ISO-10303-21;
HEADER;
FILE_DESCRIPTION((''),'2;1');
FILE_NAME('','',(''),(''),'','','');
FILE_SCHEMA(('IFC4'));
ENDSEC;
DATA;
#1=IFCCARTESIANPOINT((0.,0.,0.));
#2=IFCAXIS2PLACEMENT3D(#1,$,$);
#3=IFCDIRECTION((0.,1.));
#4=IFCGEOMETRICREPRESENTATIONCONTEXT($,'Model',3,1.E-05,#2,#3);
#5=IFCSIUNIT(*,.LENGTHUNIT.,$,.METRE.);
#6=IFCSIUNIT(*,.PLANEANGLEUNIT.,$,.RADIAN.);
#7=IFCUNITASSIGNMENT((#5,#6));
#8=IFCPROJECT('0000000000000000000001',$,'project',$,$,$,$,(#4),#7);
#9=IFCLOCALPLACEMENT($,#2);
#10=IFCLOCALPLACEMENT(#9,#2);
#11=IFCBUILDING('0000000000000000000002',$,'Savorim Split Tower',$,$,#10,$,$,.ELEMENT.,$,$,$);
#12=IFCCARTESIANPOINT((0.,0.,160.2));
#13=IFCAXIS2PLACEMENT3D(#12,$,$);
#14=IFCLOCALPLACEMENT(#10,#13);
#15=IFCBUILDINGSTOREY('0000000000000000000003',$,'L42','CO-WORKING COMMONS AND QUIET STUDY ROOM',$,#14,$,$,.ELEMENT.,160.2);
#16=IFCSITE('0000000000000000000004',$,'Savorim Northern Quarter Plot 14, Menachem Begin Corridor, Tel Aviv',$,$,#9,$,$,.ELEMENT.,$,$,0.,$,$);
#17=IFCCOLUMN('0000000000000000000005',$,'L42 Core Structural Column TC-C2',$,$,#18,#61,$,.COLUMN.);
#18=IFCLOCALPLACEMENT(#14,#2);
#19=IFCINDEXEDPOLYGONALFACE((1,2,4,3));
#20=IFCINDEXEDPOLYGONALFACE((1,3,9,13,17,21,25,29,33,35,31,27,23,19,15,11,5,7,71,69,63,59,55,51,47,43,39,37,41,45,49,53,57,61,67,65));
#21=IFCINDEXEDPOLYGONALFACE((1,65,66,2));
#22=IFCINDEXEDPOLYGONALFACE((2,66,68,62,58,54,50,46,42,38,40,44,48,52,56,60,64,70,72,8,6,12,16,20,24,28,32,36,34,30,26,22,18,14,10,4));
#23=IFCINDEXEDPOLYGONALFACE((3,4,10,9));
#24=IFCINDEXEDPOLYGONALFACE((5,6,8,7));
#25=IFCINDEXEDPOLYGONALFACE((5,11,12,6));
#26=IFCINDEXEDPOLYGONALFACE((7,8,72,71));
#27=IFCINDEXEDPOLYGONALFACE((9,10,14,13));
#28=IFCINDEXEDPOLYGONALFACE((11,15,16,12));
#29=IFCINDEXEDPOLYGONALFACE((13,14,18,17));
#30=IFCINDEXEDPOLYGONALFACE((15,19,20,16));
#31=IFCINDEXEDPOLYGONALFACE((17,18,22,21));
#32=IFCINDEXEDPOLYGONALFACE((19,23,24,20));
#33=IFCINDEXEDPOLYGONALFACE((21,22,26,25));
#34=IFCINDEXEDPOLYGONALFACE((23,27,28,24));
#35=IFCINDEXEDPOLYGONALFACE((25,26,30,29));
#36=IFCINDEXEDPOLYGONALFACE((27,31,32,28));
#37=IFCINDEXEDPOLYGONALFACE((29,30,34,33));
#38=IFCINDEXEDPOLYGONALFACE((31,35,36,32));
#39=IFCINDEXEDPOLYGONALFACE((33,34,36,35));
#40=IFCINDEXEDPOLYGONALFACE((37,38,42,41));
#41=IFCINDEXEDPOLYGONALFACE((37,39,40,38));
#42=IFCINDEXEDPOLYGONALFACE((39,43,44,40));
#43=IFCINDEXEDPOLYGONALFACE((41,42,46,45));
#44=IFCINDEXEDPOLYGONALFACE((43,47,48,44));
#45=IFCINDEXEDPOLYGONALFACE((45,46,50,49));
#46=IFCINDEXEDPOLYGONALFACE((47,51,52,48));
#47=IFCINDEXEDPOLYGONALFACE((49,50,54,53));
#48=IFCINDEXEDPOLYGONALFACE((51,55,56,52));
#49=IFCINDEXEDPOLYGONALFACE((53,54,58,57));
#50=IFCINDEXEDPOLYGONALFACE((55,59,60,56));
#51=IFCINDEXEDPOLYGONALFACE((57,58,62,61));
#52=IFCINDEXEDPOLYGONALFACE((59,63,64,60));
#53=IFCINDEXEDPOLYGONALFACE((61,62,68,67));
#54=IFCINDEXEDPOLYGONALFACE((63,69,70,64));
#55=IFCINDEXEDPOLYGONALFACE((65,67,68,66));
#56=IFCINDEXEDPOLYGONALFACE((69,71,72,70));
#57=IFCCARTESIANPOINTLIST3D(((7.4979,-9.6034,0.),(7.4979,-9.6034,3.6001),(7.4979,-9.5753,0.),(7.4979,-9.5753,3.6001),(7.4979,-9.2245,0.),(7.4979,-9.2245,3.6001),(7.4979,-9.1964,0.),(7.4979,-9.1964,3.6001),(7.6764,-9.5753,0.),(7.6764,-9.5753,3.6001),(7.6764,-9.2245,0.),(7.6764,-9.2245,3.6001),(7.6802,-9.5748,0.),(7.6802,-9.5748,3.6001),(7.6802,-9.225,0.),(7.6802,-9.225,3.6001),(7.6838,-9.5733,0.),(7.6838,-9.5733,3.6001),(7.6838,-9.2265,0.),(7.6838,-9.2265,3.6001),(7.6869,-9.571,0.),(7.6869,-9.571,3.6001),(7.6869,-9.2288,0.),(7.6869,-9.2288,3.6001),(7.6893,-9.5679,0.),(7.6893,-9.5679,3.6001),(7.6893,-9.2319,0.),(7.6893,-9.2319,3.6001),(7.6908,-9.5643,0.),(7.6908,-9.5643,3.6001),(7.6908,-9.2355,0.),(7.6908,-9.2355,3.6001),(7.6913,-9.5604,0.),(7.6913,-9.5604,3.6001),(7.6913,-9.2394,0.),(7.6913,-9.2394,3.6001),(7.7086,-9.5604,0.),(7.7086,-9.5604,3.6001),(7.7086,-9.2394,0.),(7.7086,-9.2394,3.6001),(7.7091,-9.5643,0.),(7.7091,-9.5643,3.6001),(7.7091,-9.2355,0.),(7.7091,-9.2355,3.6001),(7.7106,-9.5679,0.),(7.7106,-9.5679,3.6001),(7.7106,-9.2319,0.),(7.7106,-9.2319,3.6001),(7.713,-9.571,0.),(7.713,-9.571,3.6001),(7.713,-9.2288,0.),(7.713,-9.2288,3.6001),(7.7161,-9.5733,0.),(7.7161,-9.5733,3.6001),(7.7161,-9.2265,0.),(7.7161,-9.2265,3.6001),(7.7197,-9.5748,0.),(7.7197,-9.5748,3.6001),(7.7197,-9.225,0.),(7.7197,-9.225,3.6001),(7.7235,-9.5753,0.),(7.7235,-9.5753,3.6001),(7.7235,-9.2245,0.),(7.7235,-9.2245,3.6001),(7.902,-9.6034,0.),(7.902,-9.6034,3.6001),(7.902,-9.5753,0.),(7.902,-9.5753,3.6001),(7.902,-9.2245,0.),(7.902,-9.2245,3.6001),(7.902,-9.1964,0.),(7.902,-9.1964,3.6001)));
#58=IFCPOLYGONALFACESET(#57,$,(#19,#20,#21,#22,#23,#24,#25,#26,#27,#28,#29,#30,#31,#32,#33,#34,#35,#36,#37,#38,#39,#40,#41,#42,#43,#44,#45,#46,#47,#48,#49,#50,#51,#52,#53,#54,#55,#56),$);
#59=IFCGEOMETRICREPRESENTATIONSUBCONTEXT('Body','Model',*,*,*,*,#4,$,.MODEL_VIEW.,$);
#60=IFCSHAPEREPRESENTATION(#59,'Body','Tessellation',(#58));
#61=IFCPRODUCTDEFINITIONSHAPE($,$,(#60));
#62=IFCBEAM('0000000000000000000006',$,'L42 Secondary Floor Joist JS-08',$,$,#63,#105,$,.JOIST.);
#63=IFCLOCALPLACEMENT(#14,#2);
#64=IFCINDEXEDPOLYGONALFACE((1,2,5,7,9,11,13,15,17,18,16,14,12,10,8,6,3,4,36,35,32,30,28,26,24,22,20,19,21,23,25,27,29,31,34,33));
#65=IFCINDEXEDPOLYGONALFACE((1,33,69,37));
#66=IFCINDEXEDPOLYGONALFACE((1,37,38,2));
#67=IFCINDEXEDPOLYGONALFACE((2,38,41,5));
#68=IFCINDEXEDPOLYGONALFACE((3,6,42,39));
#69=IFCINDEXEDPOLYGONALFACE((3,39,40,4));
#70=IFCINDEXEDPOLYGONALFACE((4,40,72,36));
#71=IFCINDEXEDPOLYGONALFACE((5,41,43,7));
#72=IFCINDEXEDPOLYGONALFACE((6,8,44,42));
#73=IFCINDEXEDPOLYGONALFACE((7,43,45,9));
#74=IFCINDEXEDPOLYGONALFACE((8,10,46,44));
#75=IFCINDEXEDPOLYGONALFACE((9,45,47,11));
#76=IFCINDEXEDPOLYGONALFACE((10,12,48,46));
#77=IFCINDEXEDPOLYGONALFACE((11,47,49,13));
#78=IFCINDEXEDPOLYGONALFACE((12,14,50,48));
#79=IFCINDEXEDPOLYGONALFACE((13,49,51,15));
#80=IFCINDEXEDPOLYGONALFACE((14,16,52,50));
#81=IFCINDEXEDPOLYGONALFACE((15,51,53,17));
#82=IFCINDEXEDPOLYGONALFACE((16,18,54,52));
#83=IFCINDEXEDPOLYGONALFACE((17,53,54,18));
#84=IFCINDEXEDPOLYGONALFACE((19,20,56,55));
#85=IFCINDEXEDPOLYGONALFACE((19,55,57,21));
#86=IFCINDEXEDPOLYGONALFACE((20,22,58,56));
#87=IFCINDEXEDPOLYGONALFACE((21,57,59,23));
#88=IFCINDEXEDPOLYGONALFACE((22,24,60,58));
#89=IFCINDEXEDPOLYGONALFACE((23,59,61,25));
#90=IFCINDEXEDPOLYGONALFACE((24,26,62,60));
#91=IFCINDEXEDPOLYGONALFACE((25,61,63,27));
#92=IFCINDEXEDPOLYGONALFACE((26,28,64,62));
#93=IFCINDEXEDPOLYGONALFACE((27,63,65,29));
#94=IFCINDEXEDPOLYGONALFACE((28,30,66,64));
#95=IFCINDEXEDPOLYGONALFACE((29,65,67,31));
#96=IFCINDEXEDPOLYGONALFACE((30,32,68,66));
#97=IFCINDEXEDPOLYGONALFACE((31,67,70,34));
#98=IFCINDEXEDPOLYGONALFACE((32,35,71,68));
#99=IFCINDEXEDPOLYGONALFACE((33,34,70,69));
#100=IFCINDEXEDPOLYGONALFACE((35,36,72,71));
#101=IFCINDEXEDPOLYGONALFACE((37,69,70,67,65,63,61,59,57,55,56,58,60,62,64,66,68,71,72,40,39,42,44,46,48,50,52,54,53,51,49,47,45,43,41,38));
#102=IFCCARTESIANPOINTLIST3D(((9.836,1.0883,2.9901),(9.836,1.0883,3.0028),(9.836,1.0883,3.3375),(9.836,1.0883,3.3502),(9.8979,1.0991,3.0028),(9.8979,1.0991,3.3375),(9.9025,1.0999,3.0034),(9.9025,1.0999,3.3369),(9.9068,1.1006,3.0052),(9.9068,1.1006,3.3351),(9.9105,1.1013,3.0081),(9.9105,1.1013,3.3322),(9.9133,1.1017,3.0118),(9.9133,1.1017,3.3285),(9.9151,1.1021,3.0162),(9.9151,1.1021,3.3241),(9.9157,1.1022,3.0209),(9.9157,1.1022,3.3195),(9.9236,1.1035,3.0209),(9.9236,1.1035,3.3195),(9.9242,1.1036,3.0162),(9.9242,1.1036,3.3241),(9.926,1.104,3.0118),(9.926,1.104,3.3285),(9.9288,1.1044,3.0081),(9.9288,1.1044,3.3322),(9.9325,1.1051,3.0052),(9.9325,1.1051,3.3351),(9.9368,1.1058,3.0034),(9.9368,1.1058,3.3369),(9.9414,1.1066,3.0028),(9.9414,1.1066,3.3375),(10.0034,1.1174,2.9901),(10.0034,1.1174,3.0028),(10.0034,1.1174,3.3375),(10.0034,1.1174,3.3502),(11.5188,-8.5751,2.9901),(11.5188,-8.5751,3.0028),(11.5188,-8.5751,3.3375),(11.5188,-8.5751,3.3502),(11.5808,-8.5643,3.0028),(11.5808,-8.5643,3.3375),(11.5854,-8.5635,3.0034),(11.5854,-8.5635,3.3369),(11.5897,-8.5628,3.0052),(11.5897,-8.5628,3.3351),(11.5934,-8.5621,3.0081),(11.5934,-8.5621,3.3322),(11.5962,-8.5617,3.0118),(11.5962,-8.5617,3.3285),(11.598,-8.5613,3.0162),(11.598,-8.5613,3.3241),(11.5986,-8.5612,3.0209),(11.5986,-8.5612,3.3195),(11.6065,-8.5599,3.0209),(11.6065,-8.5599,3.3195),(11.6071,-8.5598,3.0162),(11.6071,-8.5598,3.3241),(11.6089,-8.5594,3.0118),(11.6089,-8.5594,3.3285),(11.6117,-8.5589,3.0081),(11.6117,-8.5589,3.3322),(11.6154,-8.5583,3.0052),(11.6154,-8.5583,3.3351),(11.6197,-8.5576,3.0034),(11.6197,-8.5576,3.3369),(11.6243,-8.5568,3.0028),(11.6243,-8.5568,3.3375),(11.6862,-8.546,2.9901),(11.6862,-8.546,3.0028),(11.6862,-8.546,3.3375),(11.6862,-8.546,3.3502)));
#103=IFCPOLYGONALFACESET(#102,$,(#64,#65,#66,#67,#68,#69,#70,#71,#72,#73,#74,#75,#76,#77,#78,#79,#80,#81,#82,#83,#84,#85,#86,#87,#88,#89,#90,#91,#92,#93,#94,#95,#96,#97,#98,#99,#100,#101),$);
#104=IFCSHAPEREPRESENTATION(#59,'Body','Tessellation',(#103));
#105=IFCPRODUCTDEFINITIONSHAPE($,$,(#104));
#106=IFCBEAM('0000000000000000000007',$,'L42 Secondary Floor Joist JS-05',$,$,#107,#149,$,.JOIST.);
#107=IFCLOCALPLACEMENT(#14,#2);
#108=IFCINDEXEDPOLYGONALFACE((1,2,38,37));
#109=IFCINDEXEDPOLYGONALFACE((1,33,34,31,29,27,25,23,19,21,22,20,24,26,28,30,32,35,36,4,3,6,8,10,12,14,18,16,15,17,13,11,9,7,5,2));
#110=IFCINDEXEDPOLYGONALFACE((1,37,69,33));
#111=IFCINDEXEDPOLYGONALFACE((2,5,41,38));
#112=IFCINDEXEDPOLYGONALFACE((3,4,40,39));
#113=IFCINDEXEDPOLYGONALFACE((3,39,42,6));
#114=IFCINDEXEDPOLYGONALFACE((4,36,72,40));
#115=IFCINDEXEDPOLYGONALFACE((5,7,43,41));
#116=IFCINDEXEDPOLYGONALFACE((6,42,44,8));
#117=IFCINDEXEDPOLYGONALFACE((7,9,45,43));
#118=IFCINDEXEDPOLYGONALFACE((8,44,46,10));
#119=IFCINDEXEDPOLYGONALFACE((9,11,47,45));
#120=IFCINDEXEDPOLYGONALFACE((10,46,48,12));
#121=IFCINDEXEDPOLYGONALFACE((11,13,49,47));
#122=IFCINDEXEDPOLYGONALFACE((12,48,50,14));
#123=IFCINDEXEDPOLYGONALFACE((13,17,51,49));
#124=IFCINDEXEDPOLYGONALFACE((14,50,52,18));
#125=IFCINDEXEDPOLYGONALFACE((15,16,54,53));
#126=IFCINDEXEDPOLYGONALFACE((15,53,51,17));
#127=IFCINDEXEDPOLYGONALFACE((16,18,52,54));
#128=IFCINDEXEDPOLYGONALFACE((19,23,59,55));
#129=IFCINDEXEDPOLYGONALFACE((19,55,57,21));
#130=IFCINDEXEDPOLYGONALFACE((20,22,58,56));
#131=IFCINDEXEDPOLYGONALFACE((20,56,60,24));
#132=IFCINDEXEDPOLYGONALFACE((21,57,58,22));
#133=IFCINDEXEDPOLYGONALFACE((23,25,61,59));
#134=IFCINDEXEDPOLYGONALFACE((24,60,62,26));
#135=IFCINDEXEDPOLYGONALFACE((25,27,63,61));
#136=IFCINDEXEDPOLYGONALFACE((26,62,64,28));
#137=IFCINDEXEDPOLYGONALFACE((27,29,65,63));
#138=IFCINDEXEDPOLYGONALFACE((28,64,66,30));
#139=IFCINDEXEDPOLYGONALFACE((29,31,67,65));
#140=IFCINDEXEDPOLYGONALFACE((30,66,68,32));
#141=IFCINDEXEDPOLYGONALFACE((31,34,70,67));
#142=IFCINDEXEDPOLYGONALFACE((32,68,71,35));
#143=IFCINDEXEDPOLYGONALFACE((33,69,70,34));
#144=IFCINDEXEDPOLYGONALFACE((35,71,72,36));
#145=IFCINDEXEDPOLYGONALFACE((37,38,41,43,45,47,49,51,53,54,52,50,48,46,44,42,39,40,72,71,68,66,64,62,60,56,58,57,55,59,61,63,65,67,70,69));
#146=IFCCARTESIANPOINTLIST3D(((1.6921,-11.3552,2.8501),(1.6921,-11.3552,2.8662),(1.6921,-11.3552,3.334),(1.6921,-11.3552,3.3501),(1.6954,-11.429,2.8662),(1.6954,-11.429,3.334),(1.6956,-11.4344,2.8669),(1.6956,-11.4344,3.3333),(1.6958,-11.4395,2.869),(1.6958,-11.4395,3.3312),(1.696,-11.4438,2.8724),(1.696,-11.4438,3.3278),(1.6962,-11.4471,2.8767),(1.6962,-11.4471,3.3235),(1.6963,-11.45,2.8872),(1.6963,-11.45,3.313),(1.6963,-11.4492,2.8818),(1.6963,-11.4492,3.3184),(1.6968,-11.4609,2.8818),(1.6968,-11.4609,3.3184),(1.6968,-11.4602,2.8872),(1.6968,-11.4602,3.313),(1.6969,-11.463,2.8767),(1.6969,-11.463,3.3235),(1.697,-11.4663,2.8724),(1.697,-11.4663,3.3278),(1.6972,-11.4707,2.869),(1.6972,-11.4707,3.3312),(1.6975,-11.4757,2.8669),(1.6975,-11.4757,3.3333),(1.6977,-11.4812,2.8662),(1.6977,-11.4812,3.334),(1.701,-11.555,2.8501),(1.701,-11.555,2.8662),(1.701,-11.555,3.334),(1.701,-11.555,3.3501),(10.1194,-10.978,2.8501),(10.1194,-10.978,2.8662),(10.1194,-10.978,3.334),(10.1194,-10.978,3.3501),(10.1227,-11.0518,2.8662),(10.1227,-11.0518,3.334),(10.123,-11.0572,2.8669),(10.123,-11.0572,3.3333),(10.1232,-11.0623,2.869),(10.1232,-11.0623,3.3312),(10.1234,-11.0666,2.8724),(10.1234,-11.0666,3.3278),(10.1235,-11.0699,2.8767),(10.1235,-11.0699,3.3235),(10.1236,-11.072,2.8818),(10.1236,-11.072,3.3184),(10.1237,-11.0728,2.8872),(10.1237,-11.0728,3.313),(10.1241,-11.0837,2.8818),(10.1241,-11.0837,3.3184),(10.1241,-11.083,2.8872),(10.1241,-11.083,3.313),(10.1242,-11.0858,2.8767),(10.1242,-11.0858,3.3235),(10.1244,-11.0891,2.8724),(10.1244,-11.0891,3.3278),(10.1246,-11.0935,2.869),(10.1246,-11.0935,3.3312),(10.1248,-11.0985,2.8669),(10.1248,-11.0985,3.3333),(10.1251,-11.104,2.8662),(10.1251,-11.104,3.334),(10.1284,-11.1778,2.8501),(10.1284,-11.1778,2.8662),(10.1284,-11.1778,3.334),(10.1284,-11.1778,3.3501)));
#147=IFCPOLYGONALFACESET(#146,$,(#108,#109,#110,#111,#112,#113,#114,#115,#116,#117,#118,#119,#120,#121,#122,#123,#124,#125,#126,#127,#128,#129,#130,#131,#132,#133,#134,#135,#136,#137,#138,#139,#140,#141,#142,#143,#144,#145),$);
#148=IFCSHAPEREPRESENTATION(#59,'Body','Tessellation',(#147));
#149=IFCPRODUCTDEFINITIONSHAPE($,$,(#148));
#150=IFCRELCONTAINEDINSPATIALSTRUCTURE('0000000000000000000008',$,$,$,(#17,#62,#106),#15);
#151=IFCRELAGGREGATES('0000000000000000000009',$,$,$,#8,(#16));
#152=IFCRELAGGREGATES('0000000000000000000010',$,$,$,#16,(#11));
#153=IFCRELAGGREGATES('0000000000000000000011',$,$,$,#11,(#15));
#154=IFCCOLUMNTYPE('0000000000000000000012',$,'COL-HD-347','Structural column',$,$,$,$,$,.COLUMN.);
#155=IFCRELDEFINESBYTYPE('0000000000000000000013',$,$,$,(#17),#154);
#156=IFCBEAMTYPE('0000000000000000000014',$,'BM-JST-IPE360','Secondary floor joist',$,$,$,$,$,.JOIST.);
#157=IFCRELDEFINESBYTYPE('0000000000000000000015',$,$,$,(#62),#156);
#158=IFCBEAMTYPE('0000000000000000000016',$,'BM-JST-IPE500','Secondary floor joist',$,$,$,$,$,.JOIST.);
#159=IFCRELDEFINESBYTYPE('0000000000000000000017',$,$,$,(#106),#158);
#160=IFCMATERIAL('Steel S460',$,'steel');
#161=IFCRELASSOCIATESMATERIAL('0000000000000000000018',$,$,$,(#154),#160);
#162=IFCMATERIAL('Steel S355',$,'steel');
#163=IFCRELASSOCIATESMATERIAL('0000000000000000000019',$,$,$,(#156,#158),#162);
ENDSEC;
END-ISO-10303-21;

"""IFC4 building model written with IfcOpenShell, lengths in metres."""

from ifc_helpers import new_model, si_unit, direction, frame, origin, origin_2d, place, context, subcontext, project, spatial, i_section, extrude, material, material_profile, profile_set, type_object, element, save


model = new_model("IFC4")

# Units and contexts
model_context = context("Model", 3, precision=1e-05, world=origin(), true_north=direction((0.0, 1.0)))
body_context = subcontext(model_context, "Body", "Model", "MODEL_VIEW")
ifc_project = project(units=[si_unit("LENGTHUNIT", "METRE"), si_unit("PLANEANGLEUNIT", "RADIAN")], contexts=[model_context])

# Site, building, storey
site_placement = place(None, origin())
site = spatial("IfcSite", under=ifc_project, at=site_placement, Name="Savorim Northern Quarter Plot 14, Menachem Begin Corridor, Tel Aviv", CompositionType="ELEMENT", RefElevation=0.0)
building_placement = place(site_placement, origin())
building = spatial("IfcBuilding", under=site, at=building_placement, Name="Savorim Split Tower", CompositionType="ELEMENT")
storey_placement = place(building_placement, frame((0.0, 0.0, 160.2)))
storey = spatial("IfcBuildingStorey", under=building, at=storey_placement, Name="L42", Description="CO-WORKING COMMONS AND QUIET STUDY ROOM", CompositionType="ELEMENT", Elevation=160.2)

# Column
ifc_material_1 = material(Name="Steel S460", Category="steel")
ifc_material_profile_1 = material_profile(ifc_material_1, i_section(OverallWidth=0.4041, OverallDepth=0.407, WebThickness=0.0173, FlangeThickness=0.0281, FilletRadius=0.0149, at=origin_2d()), Name="HD 400x347")
ifc_profile_set_1 = profile_set([ifc_material_profile_1], Name="Steel S460")
column_type = type_object("IfcColumnType", Name="COL-HD-347", Description="Structural column", PredefinedType="COLUMN", material=ifc_profile_set_1)
column_placement = place(storey_placement, frame((7.7, -9.3999, 0.0), z_axis=(0.0, 0.0, 1.0), x_axis=(1.0, 0.0, 0.0)))
element("IfcColumn", 1, at=column_placement, inside=storey, type_object=column_type, Name="L42 Core Structural Column TC-C2", PredefinedType="COLUMN", context=body_context, shape_type="SweptSolid", body=[
    extrude(i_section(OverallWidth=0.4041, OverallDepth=0.407, WebThickness=0.0173, FlangeThickness=0.0281, FilletRadius=0.0149, at=origin_2d()), origin(), (0.0, 0.0, 1.0), 3.6001),
])

# Beams
ifc_material_2 = material(Name="Steel S355", Category="steel")
ifc_material_profile_2 = material_profile(ifc_material_2, i_section(OverallWidth=0.1699, OverallDepth=0.3601, WebThickness=0.0081, FlangeThickness=0.0127, FilletRadius=0.0181, at=origin_2d()), Name="IPE 360")
ifc_profile_set_2 = profile_set([ifc_material_profile_2], Name="Steel S355")
beam_type_1 = type_object("IfcBeamType", Name="BM-JST-IPE360", Description="Secondary floor joist", PredefinedType="JOIST", material=ifc_profile_set_2)
beam_1_placement = place(storey_placement, frame((11.6025, -8.5605, 3.1702), z_axis=(-0.171567, 0.985172, 0.0), x_axis=(-0.985172, -0.171567, 0.0)))
element("IfcBeam", 2, at=beam_1_placement, inside=storey, type_object=beam_type_1, Name="L42 Secondary Floor Joist JS-08", PredefinedType="JOIST", context=body_context, shape_type="SweptSolid", body=[
    extrude(i_section(OverallWidth=0.1699, OverallDepth=0.3601, WebThickness=0.0081, FlangeThickness=0.0127, FilletRadius=0.0181, at=origin_2d()), origin(), (0.0, 0.0, 1.0), 9.8088),
])
ifc_material_profile_3 = material_profile(ifc_material_2, i_section(OverallWidth=0.2, OverallDepth=0.5, WebThickness=0.0103, FlangeThickness=0.0161, FilletRadius=0.021, at=origin_2d()), Name="IPE 500")
ifc_profile_set_3 = profile_set([ifc_material_profile_3], Name="Steel S355")
beam_type_2 = type_object("IfcBeamType", Name="BM-JST-IPE500", Description="Secondary floor joist", PredefinedType="JOIST", material=ifc_profile_set_3)
beam_2_placement = place(storey_placement, frame((1.6965, -11.4551, 3.1001), z_axis=(0.999, 0.044714, 0.0), x_axis=(-0.044714, 0.999, 0.0)))
element("IfcBeam", 3, at=beam_2_placement, inside=storey, type_object=beam_type_2, Name="L42 Secondary Floor Joist JS-05", PredefinedType="JOIST", context=body_context, shape_type="SweptSolid", body=[
    extrude(i_section(OverallWidth=0.2, OverallDepth=0.5, WebThickness=0.0103, FlangeThickness=0.0161, FilletRadius=0.021, at=origin_2d()), origin(), (0.0, 0.0, 1.0), 8.4358),
])

save(model, "model.ifc")
